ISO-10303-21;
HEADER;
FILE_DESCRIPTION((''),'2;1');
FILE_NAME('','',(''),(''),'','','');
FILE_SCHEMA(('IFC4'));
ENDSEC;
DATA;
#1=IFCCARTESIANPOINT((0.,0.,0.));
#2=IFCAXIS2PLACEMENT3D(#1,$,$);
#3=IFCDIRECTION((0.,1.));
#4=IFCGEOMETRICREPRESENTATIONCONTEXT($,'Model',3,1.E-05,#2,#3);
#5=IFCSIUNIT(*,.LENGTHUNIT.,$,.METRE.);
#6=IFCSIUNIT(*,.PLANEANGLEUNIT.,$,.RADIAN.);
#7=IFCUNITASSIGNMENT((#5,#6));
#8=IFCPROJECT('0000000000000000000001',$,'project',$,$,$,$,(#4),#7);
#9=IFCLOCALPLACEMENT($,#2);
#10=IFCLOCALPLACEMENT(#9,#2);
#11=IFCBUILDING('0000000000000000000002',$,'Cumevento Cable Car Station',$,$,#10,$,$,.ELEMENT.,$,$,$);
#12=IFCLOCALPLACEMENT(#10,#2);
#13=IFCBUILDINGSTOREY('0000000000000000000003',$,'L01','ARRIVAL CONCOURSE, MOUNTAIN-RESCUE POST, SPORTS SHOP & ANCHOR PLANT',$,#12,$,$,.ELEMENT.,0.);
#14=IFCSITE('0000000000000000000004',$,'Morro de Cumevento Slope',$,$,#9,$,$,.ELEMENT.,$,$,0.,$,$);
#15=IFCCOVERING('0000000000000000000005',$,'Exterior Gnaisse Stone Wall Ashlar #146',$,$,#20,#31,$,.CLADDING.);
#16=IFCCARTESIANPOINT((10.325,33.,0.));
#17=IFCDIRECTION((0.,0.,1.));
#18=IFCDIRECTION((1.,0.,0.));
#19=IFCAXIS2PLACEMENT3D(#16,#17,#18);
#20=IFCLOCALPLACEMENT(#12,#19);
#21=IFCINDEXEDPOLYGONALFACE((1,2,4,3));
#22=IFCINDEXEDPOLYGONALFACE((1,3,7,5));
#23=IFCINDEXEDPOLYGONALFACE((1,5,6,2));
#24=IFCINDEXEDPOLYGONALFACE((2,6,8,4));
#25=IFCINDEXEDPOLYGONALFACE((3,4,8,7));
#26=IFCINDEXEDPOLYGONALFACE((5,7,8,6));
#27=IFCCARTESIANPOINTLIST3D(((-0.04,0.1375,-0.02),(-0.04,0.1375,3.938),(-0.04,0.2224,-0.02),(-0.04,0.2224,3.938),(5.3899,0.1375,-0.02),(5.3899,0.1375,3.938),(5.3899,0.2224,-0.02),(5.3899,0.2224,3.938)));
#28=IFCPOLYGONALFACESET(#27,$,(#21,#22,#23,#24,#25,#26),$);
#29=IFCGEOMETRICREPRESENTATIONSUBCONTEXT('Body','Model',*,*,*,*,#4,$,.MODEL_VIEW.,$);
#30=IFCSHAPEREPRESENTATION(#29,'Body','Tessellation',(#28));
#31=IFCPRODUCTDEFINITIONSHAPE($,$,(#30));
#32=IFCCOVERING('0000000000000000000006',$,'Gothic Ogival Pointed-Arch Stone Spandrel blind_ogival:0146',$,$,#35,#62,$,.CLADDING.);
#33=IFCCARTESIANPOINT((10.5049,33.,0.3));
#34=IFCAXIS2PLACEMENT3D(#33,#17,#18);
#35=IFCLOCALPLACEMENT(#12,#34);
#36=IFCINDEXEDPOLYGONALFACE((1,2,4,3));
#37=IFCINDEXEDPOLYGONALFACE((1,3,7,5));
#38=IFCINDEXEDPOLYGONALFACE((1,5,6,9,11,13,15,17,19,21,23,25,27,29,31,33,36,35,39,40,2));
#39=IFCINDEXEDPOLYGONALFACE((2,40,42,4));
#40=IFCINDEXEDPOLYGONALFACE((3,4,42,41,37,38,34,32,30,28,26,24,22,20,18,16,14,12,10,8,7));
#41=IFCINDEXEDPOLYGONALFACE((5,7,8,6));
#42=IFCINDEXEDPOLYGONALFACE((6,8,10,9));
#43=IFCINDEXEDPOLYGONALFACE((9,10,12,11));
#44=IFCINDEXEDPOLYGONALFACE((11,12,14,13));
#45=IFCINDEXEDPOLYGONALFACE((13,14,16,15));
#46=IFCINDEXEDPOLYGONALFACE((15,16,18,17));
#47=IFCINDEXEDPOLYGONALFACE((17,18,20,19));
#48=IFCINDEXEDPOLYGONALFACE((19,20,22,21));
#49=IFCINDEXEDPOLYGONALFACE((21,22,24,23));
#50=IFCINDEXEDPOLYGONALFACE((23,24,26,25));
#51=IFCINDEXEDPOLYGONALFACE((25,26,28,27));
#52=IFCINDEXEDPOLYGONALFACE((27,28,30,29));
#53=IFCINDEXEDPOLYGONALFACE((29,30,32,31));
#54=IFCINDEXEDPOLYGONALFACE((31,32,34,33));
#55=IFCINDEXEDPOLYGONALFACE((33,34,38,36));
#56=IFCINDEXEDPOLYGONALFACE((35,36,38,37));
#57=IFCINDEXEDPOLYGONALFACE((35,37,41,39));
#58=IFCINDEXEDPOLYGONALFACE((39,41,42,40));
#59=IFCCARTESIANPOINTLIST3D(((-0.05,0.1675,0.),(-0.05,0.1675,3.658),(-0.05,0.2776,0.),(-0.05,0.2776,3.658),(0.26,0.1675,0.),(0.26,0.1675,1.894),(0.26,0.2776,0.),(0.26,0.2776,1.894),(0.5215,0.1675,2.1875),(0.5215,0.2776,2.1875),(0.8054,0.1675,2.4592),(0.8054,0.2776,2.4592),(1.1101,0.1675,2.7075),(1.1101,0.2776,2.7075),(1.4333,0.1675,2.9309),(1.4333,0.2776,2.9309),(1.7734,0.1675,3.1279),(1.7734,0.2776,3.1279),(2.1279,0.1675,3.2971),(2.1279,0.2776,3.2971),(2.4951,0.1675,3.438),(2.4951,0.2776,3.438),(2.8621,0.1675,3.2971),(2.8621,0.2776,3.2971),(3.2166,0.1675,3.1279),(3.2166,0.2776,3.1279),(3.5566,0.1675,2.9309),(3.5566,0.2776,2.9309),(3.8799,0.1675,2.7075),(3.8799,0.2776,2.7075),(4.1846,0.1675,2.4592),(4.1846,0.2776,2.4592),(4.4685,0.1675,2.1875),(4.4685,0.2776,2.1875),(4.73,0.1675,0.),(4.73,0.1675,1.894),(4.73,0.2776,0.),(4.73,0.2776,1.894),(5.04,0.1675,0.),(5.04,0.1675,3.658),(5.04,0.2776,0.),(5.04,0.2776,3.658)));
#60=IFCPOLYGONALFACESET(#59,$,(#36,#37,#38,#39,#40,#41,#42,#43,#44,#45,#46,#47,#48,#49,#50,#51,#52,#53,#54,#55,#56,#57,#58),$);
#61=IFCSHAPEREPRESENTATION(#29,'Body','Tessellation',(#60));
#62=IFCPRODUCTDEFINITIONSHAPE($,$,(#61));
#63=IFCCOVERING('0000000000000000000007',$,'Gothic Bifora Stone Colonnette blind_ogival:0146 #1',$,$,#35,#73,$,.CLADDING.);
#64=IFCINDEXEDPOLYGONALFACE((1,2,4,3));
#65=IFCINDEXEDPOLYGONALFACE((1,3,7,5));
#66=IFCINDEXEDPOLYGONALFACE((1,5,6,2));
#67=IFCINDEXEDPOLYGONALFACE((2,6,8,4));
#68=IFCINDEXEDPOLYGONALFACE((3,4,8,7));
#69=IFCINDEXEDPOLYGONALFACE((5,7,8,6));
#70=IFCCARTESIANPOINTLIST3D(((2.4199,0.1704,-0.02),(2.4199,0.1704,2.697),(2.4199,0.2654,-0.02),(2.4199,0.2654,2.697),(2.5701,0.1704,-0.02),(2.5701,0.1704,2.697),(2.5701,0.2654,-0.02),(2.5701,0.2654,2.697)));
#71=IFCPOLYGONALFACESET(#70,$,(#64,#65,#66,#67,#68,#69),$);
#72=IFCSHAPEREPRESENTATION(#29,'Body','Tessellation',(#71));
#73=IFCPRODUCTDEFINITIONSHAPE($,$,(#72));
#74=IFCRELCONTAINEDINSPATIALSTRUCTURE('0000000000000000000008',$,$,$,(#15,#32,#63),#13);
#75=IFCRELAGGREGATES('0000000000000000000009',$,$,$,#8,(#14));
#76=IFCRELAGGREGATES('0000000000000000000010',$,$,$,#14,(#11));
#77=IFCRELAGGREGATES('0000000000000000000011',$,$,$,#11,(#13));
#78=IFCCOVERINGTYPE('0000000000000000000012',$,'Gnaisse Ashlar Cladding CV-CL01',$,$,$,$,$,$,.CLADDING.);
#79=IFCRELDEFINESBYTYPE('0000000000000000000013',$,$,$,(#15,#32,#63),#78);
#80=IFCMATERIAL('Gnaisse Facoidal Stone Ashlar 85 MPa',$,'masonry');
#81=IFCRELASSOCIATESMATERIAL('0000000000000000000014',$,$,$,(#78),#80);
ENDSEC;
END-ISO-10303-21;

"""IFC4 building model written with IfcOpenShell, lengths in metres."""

from ifc_helpers import new_model, si_unit, direction, frame, origin, place, context, subcontext, project, spatial, polyline, outline, extrude, material, type_object, element, save


model = new_model("IFC4")

# Units and contexts
model_context = context("Model", 3, precision=1e-05, world=origin(), true_north=direction((0.0, 1.0)))
body_context = subcontext(model_context, "Body", "Model", "MODEL_VIEW")
ifc_project = project(units=[si_unit("LENGTHUNIT", "METRE"), si_unit("PLANEANGLEUNIT", "RADIAN")], contexts=[model_context])

# Site, building, storey
site_placement = place(None, origin())
site = spatial("IfcSite", under=ifc_project, at=site_placement, Name="Morro de Cumevento Slope", CompositionType="ELEMENT", RefElevation=0.0)
building_placement = place(site_placement, origin())
building = spatial("IfcBuilding", under=site, at=building_placement, Name="Cumevento Cable Car Station", CompositionType="ELEMENT")
storey_placement = place(building_placement, origin())
storey = spatial("IfcBuildingStorey", under=building, at=storey_placement, Name="L01", Description="ARRIVAL CONCOURSE, MOUNTAIN-RESCUE POST, SPORTS SHOP & ANCHOR PLANT", CompositionType="ELEMENT", Elevation=0.0)

# Coverings
ifc_material_1 = material(Name="Gnaisse Facoidal Stone Ashlar 85 MPa", Category="masonry")
covering_type = type_object("IfcCoveringType", Name="Gnaisse Ashlar Cladding CV-CL01", PredefinedType="CLADDING", material=ifc_material_1)
covering_1_placement = place(storey_placement, frame((10.325, 33.0, 0.0), z_axis=(0.0, 0.0, 1.0), x_axis=(1.0, 0.0, 0.0)))
element("IfcCovering", 1, at=covering_1_placement, inside=storey, type_object=covering_type, Name="Exterior Gnaisse Stone Wall Ashlar #146", PredefinedType="CLADDING", context=body_context, shape_type="SweptSolid", body=[
    extrude(outline(polyline([(-0.04, -0.02), (5.3899, -0.02), (5.3899, 3.938), (-0.04, 3.938), (-0.04, -0.02)])), frame((0.0, 0.2224, 0.0), z_axis=(0.0, -1.0, 0.0), x_axis=(1.0, 0.0, 0.0)), (0.0, 0.0, 1.0), 0.085),
])
placement = place(storey_placement, frame((10.5049, 33.0, 0.3), z_axis=(0.0, 0.0, 1.0), x_axis=(1.0, 0.0, 0.0)))
element("IfcCovering", 2, at=placement, inside=storey, type_object=covering_type, Name="Gothic Ogival Pointed-Arch Stone Spandrel blind_ogival:0146", PredefinedType="CLADDING", context=body_context, shape_type="SweptSolid", body=[
    extrude(outline(polyline([(-0.05, 0.0), (-0.05, 3.658), (5.04, 3.658), (5.04, 0.0), (4.73, 0.0), (4.73, 1.894), (4.4685, 2.1875), (4.1846, 2.4592), (3.8799, 2.7075), (3.5566, 2.9309), (3.2166, 3.1279), (2.8621, 3.2971), (2.4951, 3.438), (2.1279, 3.2971), (1.7734, 3.1279), (1.4333, 2.9309), (1.1101, 2.7075), (0.8054, 2.4592), (0.5215, 2.1875), (0.26, 1.894), (0.26, 0.0), (-0.05, 0.0)])), frame((0.0, 0.2776, 0.0), z_axis=(0.0, -1.0, 0.0), x_axis=(1.0, 0.0, 0.0)), (0.0, 0.0, 1.0), 0.1101),
])
element("IfcCovering", 3, at=placement, inside=storey, type_object=covering_type, Name="Gothic Bifora Stone Colonnette blind_ogival:0146 #1", PredefinedType="CLADDING", context=body_context, shape_type="SweptSolid", body=[
    extrude(outline(polyline([(2.4199, -0.02), (2.5701, -0.02), (2.5701, 2.697), (2.4199, 2.697), (2.4199, -0.02)])), frame((0.0, 0.2654, 0.0), z_axis=(0.0, -1.0, 0.0), x_axis=(1.0, 0.0, 0.0)), (0.0, 0.0, 1.0), 0.095),
])

save(model, "model.ifc")
